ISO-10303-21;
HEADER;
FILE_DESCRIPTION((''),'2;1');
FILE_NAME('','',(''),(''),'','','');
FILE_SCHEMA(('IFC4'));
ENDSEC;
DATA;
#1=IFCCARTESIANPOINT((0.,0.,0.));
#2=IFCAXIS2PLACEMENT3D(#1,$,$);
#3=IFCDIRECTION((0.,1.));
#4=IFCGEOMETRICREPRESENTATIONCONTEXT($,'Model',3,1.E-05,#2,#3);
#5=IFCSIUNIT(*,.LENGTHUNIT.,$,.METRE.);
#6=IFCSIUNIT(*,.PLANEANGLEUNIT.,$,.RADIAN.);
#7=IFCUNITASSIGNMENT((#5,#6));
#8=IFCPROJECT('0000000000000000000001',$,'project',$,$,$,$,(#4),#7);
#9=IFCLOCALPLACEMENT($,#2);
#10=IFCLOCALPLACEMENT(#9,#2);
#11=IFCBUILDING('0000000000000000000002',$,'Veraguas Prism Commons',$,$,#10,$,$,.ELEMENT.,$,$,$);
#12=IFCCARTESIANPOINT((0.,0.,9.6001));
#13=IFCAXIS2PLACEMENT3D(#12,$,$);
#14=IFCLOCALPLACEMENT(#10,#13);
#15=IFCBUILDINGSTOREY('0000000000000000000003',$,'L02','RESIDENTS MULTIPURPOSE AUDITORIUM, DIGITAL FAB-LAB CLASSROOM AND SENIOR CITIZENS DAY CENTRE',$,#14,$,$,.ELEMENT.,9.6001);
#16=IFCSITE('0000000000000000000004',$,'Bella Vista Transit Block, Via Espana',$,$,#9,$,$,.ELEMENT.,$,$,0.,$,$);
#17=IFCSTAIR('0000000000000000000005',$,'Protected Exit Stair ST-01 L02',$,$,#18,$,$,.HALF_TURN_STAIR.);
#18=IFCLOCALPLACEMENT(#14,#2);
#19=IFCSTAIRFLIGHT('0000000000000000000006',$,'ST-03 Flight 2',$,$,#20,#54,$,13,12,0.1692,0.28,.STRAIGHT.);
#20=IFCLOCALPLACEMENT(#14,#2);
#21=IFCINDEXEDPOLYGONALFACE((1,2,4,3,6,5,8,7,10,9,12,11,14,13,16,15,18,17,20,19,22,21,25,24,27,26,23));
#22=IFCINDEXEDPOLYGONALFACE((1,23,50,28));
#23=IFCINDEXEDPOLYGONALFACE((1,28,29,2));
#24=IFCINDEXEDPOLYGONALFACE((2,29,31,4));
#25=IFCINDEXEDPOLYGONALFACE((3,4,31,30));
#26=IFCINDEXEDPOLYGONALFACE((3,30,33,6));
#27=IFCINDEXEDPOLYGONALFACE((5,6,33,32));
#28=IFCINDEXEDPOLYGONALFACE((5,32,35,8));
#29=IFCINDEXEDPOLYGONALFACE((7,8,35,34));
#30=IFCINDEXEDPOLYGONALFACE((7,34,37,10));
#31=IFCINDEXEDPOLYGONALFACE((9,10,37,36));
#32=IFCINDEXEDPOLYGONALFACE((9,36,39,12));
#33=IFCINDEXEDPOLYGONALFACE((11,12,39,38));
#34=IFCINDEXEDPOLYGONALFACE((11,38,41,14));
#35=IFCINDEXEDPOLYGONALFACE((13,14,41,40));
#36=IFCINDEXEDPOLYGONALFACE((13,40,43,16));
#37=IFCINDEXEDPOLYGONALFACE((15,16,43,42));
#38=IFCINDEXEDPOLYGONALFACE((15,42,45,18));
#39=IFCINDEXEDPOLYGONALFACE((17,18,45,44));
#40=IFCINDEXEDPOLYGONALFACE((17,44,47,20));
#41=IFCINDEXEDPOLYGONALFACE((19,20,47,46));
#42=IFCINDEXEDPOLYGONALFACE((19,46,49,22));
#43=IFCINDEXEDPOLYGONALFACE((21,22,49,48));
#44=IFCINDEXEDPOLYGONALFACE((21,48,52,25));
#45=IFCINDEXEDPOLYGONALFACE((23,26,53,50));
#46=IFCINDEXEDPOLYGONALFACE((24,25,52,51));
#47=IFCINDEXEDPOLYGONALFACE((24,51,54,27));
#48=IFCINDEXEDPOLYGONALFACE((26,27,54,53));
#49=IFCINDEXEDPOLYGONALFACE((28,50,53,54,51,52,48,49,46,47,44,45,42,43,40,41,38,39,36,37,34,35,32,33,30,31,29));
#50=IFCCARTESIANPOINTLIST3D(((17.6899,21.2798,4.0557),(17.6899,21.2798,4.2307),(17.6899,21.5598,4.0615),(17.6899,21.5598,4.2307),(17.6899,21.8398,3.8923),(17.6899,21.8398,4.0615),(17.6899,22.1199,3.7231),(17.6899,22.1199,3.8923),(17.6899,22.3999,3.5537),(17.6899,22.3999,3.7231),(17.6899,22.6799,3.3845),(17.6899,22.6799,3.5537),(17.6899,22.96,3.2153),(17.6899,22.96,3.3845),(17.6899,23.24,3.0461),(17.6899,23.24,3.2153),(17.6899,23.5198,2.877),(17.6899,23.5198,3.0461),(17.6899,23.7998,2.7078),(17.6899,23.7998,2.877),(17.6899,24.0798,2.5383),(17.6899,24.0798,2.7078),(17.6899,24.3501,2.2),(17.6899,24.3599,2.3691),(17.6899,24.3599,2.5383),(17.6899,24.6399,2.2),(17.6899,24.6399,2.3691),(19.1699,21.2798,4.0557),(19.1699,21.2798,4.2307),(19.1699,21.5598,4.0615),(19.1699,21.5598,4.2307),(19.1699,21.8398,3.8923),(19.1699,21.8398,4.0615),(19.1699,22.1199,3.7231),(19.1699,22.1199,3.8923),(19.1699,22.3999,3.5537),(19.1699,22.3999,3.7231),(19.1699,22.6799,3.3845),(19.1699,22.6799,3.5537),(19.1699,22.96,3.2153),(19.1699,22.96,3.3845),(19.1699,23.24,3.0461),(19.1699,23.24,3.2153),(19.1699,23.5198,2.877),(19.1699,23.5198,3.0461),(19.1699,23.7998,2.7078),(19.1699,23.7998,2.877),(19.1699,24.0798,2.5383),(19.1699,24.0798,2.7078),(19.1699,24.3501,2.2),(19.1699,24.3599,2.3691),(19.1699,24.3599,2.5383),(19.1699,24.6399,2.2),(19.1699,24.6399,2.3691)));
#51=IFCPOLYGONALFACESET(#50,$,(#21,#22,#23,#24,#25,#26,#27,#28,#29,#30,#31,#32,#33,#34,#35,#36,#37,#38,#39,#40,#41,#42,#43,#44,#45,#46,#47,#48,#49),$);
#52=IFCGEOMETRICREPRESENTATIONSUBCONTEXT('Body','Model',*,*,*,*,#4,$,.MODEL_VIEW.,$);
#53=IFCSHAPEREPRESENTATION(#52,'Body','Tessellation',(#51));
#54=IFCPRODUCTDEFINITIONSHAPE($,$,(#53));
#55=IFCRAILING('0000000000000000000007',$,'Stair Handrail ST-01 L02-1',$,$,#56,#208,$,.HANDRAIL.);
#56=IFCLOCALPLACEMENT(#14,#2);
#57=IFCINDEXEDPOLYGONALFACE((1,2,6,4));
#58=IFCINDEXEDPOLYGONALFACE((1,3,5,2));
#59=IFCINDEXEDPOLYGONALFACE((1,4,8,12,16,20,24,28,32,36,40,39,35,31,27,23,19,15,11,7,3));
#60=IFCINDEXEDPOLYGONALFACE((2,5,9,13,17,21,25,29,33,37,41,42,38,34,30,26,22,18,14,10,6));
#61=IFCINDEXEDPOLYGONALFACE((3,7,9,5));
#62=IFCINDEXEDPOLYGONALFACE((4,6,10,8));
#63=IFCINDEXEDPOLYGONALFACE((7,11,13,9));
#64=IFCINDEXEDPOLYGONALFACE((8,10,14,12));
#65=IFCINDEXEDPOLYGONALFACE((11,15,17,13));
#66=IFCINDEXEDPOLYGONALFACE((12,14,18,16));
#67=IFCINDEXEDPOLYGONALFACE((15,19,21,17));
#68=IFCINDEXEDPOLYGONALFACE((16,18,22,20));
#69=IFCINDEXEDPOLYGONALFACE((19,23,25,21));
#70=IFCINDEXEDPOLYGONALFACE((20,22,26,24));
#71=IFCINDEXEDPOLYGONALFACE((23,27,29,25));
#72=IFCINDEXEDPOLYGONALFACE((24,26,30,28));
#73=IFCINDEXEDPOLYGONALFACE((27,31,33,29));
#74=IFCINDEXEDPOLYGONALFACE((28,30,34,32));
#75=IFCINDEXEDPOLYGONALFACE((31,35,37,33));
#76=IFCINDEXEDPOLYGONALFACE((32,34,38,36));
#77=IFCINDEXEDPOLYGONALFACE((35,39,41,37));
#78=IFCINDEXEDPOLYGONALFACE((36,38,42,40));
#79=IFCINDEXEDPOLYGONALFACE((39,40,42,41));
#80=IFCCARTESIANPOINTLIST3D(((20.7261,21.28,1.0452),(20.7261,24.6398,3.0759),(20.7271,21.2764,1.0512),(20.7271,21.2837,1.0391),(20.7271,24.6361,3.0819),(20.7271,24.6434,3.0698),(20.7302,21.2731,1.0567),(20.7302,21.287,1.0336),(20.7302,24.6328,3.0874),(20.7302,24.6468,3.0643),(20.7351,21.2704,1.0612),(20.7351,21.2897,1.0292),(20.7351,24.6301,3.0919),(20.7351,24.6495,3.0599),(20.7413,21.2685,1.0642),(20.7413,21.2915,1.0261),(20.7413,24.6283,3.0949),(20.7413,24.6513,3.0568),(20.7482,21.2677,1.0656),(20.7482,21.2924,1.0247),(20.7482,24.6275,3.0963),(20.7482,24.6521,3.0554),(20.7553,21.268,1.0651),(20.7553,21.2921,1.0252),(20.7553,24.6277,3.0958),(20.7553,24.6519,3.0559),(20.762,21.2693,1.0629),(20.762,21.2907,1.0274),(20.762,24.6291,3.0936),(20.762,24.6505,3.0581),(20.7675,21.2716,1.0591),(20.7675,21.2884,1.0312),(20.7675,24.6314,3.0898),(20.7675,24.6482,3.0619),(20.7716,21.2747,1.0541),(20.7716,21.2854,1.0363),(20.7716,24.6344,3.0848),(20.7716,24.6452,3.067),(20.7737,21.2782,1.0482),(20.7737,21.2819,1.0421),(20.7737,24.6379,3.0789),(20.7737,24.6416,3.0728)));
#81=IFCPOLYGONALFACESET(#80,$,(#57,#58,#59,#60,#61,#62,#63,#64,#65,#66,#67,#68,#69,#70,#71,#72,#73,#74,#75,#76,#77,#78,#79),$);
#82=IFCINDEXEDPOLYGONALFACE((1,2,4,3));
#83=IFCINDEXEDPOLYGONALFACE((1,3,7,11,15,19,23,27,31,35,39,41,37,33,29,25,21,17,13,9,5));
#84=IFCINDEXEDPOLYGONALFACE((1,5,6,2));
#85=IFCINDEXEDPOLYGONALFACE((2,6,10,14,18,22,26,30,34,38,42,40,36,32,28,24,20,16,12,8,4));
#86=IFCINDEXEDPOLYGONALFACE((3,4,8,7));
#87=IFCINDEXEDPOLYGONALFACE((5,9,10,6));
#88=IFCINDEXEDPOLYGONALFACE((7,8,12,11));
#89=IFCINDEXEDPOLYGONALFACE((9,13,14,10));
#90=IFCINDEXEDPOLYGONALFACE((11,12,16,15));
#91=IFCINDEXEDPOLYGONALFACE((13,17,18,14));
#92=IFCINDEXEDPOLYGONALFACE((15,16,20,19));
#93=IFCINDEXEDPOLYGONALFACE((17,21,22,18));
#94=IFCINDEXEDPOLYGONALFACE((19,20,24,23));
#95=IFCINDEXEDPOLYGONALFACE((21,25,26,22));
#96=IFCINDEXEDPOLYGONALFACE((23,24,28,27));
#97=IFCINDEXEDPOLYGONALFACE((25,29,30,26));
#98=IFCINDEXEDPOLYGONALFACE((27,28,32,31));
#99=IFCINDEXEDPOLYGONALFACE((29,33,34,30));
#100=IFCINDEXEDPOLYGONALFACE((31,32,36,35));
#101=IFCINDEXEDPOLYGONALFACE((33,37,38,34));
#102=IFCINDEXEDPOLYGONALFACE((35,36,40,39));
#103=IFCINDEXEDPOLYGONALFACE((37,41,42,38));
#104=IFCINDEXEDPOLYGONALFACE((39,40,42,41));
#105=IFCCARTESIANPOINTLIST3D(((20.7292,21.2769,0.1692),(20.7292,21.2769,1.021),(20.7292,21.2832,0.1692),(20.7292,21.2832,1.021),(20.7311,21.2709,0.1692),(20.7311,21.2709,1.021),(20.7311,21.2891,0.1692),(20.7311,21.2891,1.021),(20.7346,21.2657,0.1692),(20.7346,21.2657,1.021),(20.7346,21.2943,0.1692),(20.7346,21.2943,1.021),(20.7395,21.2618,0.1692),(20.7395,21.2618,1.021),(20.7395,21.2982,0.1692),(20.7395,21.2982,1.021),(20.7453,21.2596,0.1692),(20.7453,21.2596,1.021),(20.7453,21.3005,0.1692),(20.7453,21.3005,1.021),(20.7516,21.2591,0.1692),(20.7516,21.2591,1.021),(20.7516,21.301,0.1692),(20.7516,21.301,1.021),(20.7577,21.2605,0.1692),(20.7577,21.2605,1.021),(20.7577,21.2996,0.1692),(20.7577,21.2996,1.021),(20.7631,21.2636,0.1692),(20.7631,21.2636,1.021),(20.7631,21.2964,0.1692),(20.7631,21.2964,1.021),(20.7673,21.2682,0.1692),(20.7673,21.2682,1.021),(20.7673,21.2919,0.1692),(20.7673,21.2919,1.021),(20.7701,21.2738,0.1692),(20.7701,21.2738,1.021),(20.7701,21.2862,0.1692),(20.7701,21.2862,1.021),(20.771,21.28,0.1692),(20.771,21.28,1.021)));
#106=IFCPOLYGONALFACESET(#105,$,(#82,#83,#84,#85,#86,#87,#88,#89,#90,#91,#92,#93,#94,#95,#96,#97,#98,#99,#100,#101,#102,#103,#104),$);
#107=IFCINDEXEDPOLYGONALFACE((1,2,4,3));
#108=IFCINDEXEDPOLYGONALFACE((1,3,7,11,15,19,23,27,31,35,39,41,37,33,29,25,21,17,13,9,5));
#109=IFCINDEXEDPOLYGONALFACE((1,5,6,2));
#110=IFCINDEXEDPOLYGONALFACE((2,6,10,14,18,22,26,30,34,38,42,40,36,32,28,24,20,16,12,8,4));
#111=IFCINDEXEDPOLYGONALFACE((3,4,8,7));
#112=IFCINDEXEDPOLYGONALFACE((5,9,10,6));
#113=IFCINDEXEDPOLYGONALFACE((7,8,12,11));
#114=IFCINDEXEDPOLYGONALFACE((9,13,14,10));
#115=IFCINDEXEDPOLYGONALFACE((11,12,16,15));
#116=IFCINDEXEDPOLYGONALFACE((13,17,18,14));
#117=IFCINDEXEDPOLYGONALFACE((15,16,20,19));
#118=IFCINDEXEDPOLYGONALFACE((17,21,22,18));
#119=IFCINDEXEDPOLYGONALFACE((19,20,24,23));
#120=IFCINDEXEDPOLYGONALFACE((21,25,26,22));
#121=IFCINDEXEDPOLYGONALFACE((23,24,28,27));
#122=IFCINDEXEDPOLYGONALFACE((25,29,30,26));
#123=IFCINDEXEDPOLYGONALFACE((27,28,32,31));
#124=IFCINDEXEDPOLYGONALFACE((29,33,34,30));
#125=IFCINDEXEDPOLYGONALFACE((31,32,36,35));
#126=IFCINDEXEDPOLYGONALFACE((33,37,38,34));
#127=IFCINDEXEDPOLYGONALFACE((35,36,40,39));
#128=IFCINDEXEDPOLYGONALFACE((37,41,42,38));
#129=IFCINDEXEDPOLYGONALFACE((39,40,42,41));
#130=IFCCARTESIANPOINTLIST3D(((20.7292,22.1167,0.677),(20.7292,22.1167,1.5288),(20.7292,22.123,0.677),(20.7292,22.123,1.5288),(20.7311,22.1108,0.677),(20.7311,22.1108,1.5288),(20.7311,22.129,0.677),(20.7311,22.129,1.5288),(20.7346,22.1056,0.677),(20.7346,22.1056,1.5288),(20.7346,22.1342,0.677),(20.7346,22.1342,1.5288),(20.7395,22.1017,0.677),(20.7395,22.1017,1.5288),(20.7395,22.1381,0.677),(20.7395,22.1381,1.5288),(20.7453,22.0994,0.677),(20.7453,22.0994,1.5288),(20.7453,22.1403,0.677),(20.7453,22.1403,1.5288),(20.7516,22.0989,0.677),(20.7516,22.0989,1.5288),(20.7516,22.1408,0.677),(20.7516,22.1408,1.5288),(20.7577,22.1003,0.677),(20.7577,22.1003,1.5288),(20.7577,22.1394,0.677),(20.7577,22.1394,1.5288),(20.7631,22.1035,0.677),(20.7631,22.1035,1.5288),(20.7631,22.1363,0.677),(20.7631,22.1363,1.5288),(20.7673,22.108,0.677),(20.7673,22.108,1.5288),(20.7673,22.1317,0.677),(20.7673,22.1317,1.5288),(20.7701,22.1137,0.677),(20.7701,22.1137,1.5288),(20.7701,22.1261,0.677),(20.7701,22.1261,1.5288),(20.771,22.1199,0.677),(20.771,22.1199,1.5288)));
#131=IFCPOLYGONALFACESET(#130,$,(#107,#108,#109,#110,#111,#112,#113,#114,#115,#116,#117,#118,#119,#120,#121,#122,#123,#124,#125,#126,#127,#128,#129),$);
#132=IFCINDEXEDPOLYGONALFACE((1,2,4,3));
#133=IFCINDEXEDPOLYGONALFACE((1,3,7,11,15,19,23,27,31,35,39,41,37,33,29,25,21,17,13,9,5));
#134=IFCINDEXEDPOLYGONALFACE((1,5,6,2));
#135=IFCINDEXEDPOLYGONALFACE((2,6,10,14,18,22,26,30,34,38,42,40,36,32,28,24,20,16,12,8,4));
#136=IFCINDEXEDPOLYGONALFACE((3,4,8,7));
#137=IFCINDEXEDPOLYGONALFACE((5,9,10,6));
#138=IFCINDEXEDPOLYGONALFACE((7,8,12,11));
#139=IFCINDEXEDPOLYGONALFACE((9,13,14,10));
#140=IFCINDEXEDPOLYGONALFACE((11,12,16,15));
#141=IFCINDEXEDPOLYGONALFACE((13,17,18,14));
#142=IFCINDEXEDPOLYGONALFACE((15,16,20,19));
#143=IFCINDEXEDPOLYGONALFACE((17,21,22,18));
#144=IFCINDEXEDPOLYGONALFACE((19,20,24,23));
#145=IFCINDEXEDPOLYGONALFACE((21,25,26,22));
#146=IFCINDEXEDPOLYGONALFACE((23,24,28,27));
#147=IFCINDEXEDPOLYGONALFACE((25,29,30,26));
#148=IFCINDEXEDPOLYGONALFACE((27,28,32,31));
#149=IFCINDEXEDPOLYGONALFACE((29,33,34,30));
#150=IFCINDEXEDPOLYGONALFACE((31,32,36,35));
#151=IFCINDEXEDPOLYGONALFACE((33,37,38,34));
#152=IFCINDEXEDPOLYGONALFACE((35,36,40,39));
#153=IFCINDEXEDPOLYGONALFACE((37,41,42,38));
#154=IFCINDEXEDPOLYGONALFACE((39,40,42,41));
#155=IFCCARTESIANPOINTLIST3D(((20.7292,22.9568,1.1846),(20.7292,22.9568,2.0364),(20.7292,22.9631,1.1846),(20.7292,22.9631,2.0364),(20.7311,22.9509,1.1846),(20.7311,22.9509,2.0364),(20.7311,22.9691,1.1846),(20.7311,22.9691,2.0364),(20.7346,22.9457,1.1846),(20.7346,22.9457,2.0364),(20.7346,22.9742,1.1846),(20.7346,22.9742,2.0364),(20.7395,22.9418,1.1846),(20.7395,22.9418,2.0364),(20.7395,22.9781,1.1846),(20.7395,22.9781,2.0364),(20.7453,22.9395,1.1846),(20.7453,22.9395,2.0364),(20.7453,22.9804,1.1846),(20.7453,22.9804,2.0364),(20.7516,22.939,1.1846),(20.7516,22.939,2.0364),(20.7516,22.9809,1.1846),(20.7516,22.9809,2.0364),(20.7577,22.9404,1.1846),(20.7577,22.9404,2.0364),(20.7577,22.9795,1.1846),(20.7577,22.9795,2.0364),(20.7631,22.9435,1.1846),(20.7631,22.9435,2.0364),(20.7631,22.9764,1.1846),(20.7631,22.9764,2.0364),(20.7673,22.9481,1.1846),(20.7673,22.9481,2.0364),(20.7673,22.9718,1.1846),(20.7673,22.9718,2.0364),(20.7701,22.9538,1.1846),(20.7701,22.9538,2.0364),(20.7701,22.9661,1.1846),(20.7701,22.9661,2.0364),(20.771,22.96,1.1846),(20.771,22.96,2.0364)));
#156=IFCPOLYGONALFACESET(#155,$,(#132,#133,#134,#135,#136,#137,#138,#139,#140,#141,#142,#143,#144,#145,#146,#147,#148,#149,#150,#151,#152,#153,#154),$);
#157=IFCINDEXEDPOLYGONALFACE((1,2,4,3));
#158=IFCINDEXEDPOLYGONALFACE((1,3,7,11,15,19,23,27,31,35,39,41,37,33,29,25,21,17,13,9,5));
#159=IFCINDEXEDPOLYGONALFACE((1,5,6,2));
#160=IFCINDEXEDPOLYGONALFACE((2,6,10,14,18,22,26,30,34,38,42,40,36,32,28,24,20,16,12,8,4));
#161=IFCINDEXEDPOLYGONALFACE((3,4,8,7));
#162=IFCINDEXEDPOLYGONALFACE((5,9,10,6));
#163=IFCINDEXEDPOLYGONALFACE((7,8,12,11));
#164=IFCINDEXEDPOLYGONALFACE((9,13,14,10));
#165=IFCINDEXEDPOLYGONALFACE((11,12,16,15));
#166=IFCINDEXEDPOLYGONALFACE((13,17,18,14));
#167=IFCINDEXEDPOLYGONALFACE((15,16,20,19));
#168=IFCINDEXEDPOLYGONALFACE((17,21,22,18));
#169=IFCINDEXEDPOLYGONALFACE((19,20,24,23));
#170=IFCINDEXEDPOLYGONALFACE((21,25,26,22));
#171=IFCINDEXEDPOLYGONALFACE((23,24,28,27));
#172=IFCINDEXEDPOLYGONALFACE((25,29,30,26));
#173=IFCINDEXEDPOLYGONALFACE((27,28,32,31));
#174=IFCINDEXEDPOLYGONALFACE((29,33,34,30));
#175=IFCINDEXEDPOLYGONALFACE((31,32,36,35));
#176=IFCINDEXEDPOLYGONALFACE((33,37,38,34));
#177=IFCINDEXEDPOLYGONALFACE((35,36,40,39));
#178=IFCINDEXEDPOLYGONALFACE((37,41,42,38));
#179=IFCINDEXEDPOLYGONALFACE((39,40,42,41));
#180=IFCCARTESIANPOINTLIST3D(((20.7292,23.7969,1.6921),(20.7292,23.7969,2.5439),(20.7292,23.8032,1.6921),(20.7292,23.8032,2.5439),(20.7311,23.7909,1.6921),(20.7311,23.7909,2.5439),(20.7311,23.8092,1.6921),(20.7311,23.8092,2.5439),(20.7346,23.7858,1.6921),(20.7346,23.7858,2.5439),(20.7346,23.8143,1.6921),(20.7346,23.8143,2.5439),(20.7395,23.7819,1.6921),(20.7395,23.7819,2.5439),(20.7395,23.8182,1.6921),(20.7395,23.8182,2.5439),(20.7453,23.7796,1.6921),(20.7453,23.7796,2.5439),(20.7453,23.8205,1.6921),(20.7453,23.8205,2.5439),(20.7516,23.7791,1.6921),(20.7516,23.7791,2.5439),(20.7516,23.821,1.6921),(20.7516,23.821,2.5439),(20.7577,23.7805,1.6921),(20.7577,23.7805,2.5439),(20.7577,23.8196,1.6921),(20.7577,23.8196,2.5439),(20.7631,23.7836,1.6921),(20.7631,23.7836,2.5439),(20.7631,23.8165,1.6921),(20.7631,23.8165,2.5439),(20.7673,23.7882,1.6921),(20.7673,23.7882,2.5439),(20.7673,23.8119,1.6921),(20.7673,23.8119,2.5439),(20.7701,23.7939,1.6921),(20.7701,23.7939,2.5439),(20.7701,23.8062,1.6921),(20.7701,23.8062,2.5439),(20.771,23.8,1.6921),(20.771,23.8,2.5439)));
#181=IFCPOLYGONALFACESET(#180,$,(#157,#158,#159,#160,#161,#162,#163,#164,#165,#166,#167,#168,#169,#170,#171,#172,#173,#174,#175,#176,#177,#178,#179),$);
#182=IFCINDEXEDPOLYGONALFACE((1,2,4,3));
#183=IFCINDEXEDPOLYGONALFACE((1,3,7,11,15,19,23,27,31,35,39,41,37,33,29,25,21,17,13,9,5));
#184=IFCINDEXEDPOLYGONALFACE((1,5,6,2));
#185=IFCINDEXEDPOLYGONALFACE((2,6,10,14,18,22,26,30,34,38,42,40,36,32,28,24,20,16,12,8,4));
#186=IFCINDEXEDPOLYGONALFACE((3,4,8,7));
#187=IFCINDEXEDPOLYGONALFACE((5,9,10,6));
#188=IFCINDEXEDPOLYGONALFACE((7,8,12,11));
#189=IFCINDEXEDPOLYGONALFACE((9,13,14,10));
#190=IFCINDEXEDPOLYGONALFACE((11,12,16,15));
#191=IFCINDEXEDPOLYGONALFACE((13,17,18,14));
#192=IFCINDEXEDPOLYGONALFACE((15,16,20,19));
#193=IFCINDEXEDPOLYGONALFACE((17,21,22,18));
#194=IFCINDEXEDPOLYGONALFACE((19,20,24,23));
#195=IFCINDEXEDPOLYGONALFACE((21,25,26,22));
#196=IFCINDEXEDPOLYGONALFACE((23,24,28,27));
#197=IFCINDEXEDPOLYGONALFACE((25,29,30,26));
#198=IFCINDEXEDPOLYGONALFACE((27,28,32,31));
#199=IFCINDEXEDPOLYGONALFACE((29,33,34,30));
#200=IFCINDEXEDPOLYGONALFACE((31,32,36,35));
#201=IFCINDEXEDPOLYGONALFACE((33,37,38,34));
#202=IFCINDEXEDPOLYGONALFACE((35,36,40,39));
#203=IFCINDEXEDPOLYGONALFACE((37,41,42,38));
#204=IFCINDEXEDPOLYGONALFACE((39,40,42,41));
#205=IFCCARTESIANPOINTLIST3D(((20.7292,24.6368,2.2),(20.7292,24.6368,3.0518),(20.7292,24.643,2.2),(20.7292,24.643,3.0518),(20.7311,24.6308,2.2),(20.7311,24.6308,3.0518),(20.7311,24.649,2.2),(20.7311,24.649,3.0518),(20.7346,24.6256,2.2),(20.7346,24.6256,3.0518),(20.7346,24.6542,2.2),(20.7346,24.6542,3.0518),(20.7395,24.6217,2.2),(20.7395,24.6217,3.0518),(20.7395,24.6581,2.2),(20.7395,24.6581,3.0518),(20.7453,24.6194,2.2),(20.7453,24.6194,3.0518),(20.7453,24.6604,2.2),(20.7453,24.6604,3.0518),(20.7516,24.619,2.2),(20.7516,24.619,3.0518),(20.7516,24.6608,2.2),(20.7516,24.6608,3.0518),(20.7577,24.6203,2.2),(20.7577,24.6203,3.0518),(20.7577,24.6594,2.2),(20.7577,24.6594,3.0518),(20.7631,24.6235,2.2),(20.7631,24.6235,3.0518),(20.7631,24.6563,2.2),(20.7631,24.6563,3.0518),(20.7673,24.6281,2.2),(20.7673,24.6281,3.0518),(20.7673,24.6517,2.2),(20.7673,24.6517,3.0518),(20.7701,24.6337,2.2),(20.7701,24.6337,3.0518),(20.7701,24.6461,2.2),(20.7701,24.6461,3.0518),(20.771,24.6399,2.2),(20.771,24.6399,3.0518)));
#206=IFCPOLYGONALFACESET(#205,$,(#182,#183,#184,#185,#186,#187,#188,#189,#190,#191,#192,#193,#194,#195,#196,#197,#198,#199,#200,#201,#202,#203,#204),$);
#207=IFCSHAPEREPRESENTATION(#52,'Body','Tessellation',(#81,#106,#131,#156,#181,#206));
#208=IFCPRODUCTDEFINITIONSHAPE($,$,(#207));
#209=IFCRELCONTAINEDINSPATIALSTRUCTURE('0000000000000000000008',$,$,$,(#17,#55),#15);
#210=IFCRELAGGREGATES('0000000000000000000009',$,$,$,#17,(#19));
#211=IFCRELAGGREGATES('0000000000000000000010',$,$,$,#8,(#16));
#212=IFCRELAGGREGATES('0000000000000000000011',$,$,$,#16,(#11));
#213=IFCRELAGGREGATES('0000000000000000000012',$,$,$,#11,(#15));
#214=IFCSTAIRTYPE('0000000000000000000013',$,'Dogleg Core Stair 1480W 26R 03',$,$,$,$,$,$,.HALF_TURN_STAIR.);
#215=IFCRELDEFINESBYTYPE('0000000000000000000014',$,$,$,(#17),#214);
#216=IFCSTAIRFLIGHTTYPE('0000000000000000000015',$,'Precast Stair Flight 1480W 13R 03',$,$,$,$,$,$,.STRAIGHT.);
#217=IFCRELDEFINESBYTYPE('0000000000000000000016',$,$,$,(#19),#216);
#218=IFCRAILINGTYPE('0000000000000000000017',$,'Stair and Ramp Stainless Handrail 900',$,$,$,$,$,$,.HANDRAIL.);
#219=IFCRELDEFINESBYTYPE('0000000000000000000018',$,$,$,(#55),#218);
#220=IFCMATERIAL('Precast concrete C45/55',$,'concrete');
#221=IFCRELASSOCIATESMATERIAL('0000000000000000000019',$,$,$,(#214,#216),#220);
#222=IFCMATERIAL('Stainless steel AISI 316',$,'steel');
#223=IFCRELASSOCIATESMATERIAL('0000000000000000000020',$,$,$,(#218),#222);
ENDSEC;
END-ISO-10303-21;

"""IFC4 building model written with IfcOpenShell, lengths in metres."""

from ifc_helpers import new_model, si_unit, direction, frame, origin, origin_2d, place, context, subcontext, project, spatial, polyline, circle, outline, extrude, material, type_object, element, aggregate, save


model = new_model("IFC4")

# Units and contexts
model_context = context("Model", 3, precision=1e-05, world=origin(), true_north=direction((0.0, 1.0)))
body_context = subcontext(model_context, "Body", "Model", "MODEL_VIEW")
ifc_project = project(units=[si_unit("LENGTHUNIT", "METRE"), si_unit("PLANEANGLEUNIT", "RADIAN")], contexts=[model_context])

# Site, building, storey
site_placement = place(None, origin())
site = spatial("IfcSite", under=ifc_project, at=site_placement, Name="Bella Vista Transit Block, Via Espana", CompositionType="ELEMENT", RefElevation=0.0)
building_placement = place(site_placement, origin())
building = spatial("IfcBuilding", under=site, at=building_placement, Name="Veraguas Prism Commons", CompositionType="ELEMENT")
storey_placement = place(building_placement, frame((0.0, 0.0, 9.6001)))
storey = spatial("IfcBuildingStorey", under=building, at=storey_placement, Name="L02", Description="RESIDENTS MULTIPURPOSE AUDITORIUM, DIGITAL FAB-LAB CLASSROOM AND SENIOR CITIZENS DAY CENTRE", CompositionType="ELEMENT", Elevation=9.6001)

# Stair, stair flight
ifc_material_1 = material(Name="Precast concrete C45/55", Category="concrete")
stair_type = type_object("IfcStairType", Name="Dogleg Core Stair 1480W 26R 03", PredefinedType="HALF_TURN_STAIR", material=ifc_material_1)
stair_placement = place(storey_placement, origin())
stair = element("IfcStair", 1, at=stair_placement, inside=storey, type_object=stair_type, Name="Protected Exit Stair ST-01 L02", PredefinedType="HALF_TURN_STAIR")
stair_flight_type = type_object("IfcStairFlightType", Name="Precast Stair Flight 1480W 13R 03", PredefinedType="STRAIGHT", material=ifc_material_1)
stair_flight_1_placement = place(storey_placement, frame((18.4299, 24.6399, 2.2), z_axis=(0.0, 0.0, 1.0), x_axis=(0.0, -1.0, 0.0)))
stair_flight_1 = element("IfcStairFlight", 2, at=stair_flight_1_placement, type_object=stair_flight_type, Name="ST-03 Flight 2", NumberOfRisers=13, NumberOfTreads=12, PredefinedType="STRAIGHT", RiserHeight=0.1692, TreadLength=0.28, context=body_context, shape_type="SweptSolid", body=[
    extrude(outline(polyline([(0.0, 0.0), (0.0, 0.1692), (0.28, 0.1692), (0.28, 0.3384), (0.5601, 0.3384), (0.5601, 0.5078), (0.8401, 0.5078), (0.8401, 0.677), (1.1201, 0.677), (1.1201, 0.8462), (1.3999, 0.8462), (1.3999, 1.0154), (1.6799, 1.0154), (1.6799, 1.1846), (1.96, 1.1846), (1.96, 1.3538), (2.24, 1.3538), (2.24, 1.5232), (2.52, 1.5232), (2.52, 1.6924), (2.8, 1.6924), (2.8, 1.8616), (3.0801, 1.8616), (3.0801, 2.0308), (3.3601, 2.0308), (3.3601, 2.2), (3.3601, 1.8557), (0.2898, 0.0), (0.0, 0.0)])), frame((0.0, 0.74, 0.0), z_axis=(0.0, -1.0, 0.0), x_axis=(1.0, 0.0, 0.0)), (0.0, 0.0, 1.0), 1.48),
])
aggregate(stair, [stair_flight_1])

# Railing
ifc_material_2 = material(Name="Stainless steel AISI 316", Category="steel")
railing_type_1 = type_object("IfcRailingType", Name="Stair and Ramp Stainless Handrail 900", PredefinedType="HANDRAIL", material=ifc_material_2)
railing_1_placement = place(storey_placement, frame((20.75, 21.28, 0.1692)))
element("IfcRailing", 3, at=railing_1_placement, inside=storey, type_object=railing_type_1, Name="Stair Handrail ST-01 L02-1", PredefinedType="HANDRAIL", context=body_context, shape_type="SweptSolid", body=[
    extrude(circle(Radius=0.0239, at=origin_2d()), frame((0.0, 0.0, 0.876), z_axis=(0.0, 0.85582, 0.517273), x_axis=(-1.0, 0.0, 0.0)), (0.0, 0.0, 1.0), 3.9258),
    extrude(circle(Radius=0.021, at=origin_2d()), origin(), (0.0, 0.0, 1.0), 0.8518),
    extrude(circle(Radius=0.021, at=origin_2d()), frame((0.0, 0.8398, 0.5078)), (0.0, 0.0, 1.0), 0.8518),
    extrude(circle(Radius=0.021, at=origin_2d()), frame((0.0, 1.6799, 1.0154)), (0.0, 0.0, 1.0), 0.8518),
    extrude(circle(Radius=0.021, at=origin_2d()), frame((0.0, 2.52, 1.5229)), (0.0, 0.0, 1.0), 0.8518),
    extrude(circle(Radius=0.021, at=origin_2d()), frame((0.0, 3.3599, 2.0308)), (0.0, 0.0, 1.0), 0.8518),
])

save(model, "model.ifc")
